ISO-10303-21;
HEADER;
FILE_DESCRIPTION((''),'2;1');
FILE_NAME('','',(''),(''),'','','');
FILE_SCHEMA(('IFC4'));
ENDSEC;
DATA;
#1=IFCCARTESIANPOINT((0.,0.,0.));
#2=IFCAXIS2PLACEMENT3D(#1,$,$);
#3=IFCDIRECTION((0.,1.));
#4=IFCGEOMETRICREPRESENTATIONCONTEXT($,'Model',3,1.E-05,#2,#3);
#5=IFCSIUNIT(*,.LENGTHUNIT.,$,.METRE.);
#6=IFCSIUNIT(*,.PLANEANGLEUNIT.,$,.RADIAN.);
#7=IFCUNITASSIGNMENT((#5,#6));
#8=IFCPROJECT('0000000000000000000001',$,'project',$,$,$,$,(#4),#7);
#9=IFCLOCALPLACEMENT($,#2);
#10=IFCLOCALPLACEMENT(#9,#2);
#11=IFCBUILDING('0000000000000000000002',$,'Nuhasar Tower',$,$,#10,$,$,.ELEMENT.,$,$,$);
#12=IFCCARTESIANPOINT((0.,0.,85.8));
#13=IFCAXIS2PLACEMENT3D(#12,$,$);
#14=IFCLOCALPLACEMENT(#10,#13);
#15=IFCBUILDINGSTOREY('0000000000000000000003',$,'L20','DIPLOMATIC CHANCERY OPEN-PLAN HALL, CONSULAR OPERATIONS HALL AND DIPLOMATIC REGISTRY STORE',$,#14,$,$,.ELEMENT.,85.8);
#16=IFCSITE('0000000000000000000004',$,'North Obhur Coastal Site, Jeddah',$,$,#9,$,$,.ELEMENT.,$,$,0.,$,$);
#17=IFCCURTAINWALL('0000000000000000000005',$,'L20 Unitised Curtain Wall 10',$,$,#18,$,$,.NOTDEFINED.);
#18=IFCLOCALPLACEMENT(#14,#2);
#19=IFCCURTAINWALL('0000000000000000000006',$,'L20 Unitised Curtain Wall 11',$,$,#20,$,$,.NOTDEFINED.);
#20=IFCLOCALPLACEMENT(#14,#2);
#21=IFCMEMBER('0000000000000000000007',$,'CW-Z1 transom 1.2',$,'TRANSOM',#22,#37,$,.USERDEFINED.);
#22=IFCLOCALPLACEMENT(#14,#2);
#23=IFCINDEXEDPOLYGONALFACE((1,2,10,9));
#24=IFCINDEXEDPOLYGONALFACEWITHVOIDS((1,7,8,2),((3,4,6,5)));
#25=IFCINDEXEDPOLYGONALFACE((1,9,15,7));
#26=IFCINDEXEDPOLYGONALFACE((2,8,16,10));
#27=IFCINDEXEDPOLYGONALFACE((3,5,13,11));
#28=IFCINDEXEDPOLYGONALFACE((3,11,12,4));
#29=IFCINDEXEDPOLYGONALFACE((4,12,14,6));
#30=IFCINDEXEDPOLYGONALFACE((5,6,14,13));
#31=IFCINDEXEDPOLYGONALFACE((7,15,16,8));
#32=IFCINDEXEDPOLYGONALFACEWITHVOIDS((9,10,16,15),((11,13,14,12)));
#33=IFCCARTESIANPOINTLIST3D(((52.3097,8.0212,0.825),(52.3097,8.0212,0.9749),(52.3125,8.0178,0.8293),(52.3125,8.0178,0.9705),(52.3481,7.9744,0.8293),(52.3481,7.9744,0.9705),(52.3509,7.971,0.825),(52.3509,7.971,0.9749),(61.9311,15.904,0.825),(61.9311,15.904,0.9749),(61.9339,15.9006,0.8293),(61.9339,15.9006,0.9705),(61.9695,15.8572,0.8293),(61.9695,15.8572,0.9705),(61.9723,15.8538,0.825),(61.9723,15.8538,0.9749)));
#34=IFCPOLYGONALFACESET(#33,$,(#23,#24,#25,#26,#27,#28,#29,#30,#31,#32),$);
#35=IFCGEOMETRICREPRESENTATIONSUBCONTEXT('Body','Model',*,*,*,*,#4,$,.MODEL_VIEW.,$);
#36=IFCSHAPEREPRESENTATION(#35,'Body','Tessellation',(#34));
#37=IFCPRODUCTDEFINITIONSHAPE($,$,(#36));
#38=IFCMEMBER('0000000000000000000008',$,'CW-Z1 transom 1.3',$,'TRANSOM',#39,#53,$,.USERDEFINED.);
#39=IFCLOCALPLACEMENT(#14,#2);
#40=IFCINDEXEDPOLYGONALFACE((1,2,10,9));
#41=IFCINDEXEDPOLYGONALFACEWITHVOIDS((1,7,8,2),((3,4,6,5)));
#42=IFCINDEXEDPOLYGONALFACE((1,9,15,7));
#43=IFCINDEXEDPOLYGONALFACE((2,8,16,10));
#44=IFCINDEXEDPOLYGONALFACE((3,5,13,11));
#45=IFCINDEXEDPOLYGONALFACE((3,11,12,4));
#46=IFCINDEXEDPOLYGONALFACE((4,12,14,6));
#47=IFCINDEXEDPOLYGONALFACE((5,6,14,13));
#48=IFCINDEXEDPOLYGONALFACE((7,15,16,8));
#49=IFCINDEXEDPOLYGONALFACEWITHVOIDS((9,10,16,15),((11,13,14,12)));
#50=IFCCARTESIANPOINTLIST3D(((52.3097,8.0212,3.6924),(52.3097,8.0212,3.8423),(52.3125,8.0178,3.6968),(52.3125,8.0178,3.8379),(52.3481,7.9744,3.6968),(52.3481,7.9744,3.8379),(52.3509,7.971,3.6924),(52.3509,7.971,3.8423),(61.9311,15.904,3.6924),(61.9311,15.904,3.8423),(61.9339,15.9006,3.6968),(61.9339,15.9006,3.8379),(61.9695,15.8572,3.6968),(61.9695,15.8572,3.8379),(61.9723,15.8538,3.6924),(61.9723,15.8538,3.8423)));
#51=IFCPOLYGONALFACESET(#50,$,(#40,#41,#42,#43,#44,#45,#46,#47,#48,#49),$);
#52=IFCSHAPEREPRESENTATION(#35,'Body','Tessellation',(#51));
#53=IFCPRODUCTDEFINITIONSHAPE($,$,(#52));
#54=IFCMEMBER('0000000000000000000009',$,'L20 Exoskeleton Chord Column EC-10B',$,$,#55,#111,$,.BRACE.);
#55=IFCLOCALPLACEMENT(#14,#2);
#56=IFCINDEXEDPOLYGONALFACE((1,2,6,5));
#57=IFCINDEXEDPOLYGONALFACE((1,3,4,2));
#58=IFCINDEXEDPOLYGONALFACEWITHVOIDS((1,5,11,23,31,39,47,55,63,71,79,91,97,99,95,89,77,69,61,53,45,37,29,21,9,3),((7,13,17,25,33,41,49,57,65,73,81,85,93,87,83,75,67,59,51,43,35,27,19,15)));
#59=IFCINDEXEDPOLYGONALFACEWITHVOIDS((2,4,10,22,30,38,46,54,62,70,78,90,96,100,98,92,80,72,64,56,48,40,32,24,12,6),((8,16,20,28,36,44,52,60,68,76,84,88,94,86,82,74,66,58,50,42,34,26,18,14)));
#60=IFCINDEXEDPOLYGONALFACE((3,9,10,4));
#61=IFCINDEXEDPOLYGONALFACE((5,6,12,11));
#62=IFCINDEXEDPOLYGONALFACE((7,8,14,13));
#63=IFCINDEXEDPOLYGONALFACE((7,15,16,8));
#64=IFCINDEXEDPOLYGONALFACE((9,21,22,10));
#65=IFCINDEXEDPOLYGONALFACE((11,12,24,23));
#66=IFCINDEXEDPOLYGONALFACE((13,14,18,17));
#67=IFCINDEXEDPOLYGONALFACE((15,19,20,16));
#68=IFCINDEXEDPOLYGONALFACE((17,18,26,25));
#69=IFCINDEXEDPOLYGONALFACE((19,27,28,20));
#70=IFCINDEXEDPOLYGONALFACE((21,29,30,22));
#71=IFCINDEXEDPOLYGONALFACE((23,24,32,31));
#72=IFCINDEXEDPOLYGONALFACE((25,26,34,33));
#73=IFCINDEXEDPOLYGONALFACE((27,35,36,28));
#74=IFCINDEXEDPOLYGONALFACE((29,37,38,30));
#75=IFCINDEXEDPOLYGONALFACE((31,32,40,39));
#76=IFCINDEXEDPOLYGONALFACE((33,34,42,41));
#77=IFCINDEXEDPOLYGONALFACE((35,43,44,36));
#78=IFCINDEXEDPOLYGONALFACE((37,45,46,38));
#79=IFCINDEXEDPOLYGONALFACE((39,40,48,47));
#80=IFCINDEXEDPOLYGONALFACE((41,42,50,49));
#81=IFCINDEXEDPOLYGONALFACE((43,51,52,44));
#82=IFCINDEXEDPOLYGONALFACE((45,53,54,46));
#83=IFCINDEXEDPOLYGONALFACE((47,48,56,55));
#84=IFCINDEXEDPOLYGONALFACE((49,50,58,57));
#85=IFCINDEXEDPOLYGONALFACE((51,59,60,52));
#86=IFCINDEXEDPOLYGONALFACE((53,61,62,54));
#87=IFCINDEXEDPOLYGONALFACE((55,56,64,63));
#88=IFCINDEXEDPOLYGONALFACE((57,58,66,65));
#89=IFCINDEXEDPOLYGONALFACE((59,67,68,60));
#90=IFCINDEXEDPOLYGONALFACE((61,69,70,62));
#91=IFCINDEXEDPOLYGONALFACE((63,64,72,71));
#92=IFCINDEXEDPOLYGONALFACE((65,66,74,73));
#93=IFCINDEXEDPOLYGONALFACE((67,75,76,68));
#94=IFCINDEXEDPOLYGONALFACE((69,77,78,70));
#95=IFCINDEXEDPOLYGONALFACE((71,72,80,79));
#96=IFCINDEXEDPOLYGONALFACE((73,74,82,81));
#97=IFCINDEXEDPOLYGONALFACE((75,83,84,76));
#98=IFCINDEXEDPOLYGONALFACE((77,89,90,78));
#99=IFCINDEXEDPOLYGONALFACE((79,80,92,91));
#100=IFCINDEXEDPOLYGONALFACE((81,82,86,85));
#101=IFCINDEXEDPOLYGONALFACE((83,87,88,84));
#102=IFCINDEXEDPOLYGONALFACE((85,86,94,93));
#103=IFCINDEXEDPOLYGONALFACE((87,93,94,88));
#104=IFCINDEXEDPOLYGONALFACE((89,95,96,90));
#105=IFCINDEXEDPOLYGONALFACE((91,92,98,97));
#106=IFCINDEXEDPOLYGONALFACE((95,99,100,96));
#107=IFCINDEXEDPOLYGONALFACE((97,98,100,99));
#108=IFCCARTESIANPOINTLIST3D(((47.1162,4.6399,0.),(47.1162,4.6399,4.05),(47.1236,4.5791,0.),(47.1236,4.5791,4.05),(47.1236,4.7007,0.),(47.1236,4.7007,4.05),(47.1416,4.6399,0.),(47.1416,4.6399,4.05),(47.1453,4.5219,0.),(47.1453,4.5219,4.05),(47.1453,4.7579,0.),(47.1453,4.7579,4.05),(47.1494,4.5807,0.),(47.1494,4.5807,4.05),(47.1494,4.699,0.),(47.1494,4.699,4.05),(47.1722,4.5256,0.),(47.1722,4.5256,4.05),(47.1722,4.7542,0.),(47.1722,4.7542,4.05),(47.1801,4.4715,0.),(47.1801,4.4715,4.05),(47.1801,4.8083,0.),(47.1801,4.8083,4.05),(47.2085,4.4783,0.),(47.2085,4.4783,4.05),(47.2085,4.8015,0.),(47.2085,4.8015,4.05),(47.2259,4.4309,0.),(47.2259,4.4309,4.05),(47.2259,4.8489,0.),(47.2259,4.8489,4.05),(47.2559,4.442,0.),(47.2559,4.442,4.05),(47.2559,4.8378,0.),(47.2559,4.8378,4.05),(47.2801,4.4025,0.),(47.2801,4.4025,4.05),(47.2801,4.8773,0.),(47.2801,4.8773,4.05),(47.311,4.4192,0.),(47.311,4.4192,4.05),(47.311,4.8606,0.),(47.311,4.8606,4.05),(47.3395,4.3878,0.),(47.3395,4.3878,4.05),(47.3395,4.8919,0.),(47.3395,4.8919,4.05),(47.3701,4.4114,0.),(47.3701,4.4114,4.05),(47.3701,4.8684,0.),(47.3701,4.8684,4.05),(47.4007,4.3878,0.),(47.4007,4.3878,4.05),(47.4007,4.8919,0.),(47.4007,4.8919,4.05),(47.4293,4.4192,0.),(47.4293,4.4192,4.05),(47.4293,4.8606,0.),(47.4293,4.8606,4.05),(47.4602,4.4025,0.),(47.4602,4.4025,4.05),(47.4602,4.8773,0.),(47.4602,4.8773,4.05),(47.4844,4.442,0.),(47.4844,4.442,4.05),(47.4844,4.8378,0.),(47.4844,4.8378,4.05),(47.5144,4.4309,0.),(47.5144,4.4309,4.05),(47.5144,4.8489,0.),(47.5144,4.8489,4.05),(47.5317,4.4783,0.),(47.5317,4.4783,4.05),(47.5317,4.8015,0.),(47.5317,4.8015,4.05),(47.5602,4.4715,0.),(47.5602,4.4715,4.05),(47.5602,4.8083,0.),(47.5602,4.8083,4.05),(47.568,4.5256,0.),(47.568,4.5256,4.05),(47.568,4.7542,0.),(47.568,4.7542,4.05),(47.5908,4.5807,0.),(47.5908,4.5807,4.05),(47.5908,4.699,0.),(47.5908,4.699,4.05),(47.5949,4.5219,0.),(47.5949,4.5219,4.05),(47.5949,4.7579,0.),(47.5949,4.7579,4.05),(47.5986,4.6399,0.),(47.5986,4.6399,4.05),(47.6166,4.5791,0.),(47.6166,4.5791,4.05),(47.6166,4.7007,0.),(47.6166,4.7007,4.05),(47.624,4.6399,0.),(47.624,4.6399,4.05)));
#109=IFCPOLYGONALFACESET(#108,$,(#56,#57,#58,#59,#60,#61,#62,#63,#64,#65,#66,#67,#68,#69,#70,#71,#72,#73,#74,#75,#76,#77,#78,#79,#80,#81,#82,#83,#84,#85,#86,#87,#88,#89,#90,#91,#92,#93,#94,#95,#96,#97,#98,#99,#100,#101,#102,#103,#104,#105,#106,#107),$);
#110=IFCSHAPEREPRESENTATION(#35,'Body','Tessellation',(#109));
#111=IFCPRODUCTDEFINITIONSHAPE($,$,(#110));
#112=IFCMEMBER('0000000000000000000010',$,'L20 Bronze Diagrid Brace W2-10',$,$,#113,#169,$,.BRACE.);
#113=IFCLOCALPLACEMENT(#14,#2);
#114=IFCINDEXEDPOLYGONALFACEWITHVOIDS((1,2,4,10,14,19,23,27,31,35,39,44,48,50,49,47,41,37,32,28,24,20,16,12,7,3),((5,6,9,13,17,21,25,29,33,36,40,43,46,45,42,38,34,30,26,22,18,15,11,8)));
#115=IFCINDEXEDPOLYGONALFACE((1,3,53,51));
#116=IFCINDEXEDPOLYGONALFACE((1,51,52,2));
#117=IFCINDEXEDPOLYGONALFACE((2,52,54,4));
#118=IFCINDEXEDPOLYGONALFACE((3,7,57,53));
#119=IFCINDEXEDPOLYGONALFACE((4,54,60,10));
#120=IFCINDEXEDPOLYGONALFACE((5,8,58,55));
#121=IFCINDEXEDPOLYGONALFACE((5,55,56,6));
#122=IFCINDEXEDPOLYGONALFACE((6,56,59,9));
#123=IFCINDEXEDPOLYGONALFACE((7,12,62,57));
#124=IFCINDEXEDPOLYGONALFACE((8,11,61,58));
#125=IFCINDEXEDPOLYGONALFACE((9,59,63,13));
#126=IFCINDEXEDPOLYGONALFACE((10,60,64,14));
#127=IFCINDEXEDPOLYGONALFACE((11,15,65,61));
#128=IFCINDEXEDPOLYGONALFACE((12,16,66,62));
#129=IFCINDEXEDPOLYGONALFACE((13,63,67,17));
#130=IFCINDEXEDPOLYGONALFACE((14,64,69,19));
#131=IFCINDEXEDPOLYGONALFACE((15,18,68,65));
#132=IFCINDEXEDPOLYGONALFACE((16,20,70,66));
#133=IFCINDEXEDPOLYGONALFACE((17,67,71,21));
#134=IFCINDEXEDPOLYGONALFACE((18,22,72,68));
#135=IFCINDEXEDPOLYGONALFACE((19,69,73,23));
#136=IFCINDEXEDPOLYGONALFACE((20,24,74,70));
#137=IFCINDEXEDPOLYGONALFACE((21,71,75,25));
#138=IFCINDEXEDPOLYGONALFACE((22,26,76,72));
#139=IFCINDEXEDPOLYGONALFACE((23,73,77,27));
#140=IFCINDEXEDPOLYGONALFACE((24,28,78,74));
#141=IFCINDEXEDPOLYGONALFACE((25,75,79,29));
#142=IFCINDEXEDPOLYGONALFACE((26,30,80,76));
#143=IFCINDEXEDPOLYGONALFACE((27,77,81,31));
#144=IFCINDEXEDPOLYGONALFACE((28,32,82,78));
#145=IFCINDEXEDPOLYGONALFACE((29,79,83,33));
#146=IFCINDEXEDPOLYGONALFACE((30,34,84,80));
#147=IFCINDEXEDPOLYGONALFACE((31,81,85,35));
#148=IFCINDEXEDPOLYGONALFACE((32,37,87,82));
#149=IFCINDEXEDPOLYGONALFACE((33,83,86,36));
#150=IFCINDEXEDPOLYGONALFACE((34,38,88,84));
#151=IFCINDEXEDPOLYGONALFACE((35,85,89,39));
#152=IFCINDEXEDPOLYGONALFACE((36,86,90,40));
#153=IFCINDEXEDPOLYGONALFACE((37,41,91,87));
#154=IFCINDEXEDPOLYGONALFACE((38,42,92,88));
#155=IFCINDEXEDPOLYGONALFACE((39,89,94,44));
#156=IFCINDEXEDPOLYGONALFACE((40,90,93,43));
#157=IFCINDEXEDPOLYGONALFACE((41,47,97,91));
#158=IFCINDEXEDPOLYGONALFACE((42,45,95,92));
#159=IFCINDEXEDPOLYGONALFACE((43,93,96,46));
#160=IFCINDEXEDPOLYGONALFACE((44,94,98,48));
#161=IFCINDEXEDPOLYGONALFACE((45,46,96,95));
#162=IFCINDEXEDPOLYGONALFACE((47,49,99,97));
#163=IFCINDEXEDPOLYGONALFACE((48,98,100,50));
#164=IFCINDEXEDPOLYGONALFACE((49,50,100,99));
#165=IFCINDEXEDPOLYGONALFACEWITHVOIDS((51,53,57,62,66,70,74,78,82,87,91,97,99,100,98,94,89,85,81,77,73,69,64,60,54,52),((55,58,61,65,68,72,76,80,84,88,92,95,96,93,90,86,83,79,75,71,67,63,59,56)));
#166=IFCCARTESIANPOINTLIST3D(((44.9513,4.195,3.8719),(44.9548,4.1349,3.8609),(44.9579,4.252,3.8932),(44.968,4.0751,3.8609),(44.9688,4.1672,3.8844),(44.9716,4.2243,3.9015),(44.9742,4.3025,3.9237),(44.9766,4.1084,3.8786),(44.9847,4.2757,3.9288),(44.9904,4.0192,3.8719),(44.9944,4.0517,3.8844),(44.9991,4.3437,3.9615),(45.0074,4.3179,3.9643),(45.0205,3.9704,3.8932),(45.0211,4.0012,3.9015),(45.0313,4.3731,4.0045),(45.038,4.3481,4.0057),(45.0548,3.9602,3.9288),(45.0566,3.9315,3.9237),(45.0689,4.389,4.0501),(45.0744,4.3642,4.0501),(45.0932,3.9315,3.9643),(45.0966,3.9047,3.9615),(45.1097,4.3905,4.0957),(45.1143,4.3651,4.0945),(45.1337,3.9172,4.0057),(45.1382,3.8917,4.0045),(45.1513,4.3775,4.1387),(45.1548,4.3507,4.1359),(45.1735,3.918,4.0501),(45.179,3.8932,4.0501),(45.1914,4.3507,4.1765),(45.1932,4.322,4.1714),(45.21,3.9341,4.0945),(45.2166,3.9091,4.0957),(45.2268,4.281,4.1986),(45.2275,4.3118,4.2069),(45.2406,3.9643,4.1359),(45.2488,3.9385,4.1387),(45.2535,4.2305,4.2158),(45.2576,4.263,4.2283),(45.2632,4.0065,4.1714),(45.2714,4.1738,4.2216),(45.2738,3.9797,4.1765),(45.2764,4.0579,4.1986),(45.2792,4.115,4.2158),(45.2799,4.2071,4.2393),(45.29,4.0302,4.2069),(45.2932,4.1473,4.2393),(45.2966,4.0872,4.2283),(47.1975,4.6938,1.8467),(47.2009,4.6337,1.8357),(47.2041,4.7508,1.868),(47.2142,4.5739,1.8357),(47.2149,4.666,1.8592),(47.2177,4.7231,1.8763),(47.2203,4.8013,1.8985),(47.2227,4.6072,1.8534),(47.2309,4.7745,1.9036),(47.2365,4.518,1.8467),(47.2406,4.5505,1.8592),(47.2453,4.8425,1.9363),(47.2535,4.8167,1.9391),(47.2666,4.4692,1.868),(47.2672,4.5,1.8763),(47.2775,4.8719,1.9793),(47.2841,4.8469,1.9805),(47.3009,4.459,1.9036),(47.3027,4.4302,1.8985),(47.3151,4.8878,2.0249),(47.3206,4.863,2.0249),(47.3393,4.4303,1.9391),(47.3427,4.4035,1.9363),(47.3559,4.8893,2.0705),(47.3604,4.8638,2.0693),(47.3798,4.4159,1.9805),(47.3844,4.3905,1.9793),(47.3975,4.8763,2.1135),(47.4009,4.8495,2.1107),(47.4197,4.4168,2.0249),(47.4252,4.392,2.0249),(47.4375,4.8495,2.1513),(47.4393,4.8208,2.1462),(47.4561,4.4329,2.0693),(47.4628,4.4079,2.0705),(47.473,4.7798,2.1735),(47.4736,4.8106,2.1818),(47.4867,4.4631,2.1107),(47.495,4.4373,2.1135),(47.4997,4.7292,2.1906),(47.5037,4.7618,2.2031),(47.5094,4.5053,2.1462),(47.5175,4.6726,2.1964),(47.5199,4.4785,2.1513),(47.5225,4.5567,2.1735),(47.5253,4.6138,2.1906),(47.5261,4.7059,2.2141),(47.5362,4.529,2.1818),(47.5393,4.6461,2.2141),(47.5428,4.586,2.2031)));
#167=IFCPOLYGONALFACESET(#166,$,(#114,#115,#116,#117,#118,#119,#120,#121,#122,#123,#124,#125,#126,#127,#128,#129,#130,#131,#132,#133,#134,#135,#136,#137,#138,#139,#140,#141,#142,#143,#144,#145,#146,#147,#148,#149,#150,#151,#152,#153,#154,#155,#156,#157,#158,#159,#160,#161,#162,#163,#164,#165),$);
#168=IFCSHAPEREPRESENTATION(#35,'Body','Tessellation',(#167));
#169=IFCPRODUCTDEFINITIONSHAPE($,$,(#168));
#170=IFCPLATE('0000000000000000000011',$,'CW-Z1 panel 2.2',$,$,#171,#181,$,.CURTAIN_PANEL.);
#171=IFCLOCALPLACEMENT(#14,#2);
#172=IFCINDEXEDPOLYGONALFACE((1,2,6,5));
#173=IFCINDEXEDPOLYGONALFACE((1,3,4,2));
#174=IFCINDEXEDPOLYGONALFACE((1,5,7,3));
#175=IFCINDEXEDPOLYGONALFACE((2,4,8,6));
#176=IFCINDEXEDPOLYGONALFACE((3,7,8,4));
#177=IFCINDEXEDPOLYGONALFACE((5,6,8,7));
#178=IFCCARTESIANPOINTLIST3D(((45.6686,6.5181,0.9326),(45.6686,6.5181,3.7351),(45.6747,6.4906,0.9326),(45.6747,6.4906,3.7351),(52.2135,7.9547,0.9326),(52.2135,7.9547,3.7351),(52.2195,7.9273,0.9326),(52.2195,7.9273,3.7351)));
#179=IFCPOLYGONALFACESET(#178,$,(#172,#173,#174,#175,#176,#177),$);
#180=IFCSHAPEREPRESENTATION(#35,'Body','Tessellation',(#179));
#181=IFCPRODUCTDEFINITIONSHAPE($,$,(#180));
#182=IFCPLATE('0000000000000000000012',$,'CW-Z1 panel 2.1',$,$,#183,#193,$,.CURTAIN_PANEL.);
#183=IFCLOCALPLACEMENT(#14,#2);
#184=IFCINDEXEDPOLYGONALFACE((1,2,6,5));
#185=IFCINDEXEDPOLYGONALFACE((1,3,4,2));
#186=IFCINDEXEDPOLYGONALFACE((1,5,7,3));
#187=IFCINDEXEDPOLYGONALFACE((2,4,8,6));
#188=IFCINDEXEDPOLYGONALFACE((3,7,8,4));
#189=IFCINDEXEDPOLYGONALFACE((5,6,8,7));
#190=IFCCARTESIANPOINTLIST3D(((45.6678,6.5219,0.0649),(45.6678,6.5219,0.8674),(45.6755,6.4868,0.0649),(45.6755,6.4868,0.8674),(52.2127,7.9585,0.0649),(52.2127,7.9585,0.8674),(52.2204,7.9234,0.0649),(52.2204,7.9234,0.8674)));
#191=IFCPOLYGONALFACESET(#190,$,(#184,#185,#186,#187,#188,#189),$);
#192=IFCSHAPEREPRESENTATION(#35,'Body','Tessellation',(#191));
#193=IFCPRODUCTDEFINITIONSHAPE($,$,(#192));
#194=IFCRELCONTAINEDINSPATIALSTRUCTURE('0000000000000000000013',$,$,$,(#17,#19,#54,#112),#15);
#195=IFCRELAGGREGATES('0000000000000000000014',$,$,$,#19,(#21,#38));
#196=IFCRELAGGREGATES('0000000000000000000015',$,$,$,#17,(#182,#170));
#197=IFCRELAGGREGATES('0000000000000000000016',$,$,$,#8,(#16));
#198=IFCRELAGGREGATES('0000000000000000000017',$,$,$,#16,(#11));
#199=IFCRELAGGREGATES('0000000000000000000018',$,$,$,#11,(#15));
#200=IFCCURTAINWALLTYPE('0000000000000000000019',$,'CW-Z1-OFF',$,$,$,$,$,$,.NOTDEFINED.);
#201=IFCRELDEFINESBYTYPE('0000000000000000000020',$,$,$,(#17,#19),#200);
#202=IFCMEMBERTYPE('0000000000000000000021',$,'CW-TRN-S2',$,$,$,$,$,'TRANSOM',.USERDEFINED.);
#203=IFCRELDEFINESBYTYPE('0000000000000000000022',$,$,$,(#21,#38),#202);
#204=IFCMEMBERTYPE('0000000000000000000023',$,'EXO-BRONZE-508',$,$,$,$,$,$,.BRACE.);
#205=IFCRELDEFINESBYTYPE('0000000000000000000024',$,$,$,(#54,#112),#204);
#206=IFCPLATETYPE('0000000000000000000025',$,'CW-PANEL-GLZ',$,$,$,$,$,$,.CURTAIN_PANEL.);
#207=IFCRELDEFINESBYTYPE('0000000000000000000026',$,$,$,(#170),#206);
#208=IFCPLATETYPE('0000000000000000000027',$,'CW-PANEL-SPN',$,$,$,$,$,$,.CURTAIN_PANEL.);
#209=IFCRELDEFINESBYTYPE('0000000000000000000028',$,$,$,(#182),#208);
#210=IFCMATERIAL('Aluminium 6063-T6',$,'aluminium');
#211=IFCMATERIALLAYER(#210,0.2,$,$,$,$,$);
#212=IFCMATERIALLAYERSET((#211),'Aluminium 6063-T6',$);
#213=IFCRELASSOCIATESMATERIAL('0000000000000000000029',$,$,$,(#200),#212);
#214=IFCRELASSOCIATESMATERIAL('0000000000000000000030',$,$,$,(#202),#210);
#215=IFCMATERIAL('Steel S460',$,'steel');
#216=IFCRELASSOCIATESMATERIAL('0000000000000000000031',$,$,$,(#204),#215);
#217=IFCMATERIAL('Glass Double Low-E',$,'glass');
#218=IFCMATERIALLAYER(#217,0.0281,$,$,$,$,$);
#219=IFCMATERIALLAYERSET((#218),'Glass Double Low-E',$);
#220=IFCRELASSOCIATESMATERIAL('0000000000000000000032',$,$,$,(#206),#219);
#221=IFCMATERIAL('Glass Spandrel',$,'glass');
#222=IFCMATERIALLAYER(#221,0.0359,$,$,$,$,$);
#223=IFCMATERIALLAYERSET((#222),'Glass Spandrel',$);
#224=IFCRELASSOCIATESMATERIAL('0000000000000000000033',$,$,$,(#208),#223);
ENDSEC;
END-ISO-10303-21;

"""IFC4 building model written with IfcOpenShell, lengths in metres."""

from ifc_helpers import new_model, si_unit, direction, frame, origin, origin_2d, place, context, subcontext, project, spatial, rectangle, hollow_rectangle, hollow_circle, extrude, material, layer, layer_set, material_profile, profile_set, type_object, element, aggregate, save


model = new_model("IFC4")

# Units and contexts
model_context = context("Model", 3, precision=1e-05, world=origin(), true_north=direction((0.0, 1.0)))
body_context = subcontext(model_context, "Body", "Model", "MODEL_VIEW")
ifc_project = project(units=[si_unit("LENGTHUNIT", "METRE"), si_unit("PLANEANGLEUNIT", "RADIAN")], contexts=[model_context])

# Site, building, storey
site_placement = place(None, origin())
site = spatial("IfcSite", under=ifc_project, at=site_placement, Name="North Obhur Coastal Site, Jeddah", CompositionType="ELEMENT", RefElevation=0.0)
building_placement = place(site_placement, origin())
building = spatial("IfcBuilding", under=site, at=building_placement, Name="Nuhasar Tower", CompositionType="ELEMENT")
storey_placement = place(building_placement, frame((0.0, 0.0, 85.8)))
storey = spatial("IfcBuildingStorey", under=building, at=storey_placement, Name="L20", Description="DIPLOMATIC CHANCERY OPEN-PLAN HALL, CONSULAR OPERATIONS HALL AND DIPLOMATIC REGISTRY STORE", CompositionType="ELEMENT", Elevation=85.8)

# Curtain wall
ifc_material_1 = material(Name="Aluminium 6063-T6", Category="aluminium")
ifc_layer_1 = layer(ifc_material_1, 0.2)
ifc_layer_set_1 = layer_set([ifc_layer_1], Name="Aluminium 6063-T6")
curtain_wall_type = type_object("IfcCurtainWallType", Name="CW-Z1-OFF", PredefinedType="NOTDEFINED", material=ifc_layer_set_1)
curtain_wall_1_placement = place(storey_placement, origin())
curtain_wall_1 = element("IfcCurtainWall", 1, at=curtain_wall_1_placement, inside=storey, type_object=curtain_wall_type, Name="L20 Unitised Curtain Wall 10", PredefinedType="NOTDEFINED")

# Curtain wall, members
curtain_wall_2_placement = place(storey_placement, origin())
curtain_wall_2 = element("IfcCurtainWall", 2, at=curtain_wall_2_placement, inside=storey, type_object=curtain_wall_type, Name="L20 Unitised Curtain Wall 11", PredefinedType="NOTDEFINED")
ifc_material_profile_1 = material_profile(ifc_material_1, hollow_rectangle(XDim=0.0649, YDim=0.1499, WallThickness=0.0044, at=origin_2d()), Name="CWT-2")
ifc_profile_set_1 = profile_set([ifc_material_profile_1], Name="Aluminium 6063-T6")
member_type_1 = type_object("IfcMemberType", Name="CW-TRN-S2", ElementType="TRANSOM", PredefinedType="USERDEFINED", material=ifc_profile_set_1)
member_1_placement = place(storey_placement, frame((52.3303, 7.9961, 0.8999), z_axis=(0.773531, 0.633758, 0.0), x_axis=(-0.633758, 0.773531, 0.0)))
member_1 = element("IfcMember", 3, at=member_1_placement, type_object=member_type_1, Name="CW-Z1 transom 1.2", ObjectType="TRANSOM", PredefinedType="USERDEFINED", context=body_context, shape_type="SweptSolid", body=[
    extrude(hollow_rectangle(XDim=0.0649, YDim=0.1499, WallThickness=0.0044, at=origin_2d()), origin(), (0.0, 0.0, 1.0), 12.4382),
])
member_2_placement = place(storey_placement, frame((52.3303, 7.9961, 3.7673), z_axis=(0.773531, 0.633758, 0.0), x_axis=(-0.633758, 0.773531, 0.0)))
member_2 = element("IfcMember", 4, at=member_2_placement, type_object=member_type_1, Name="CW-Z1 transom 1.3", ObjectType="TRANSOM", PredefinedType="USERDEFINED", context=body_context, shape_type="SweptSolid", body=[
    extrude(hollow_rectangle(XDim=0.0649, YDim=0.1499, WallThickness=0.0044, at=origin_2d()), origin(), (0.0, 0.0, 1.0), 12.4382),
])
aggregate(curtain_wall_2, [member_1, member_2])

# Members
ifc_material_2 = material(Name="Steel S460", Category="steel")
ifc_material_profile_2 = material_profile(ifc_material_2, hollow_circle(Radius=0.2539, WallThickness=0.0254, at=origin_2d()), Name="HSS508X25.4")
ifc_profile_set_2 = profile_set([ifc_material_profile_2], Name="Steel S460")
member_type_2 = type_object("IfcMemberType", Name="EXO-BRONZE-508", PredefinedType="BRACE", material=ifc_profile_set_2)
member_3_placement = place(storey_placement, frame((47.3701, 4.6399, 0.0), z_axis=(0.0, 0.0, 1.0), x_axis=(1.0, 0.0, 0.0)))
element("IfcMember", 5, at=member_3_placement, inside=storey, type_object=member_type_2, Name="L20 Exoskeleton Chord Column EC-10B", PredefinedType="BRACE", context=body_context, shape_type="SweptSolid", body=[
    extrude(hollow_circle(Radius=0.2539, WallThickness=0.0254, at=origin_2d()), origin(), (0.0, 0.0, 1.0), 4.05),
])
member_4_placement = place(storey_placement, frame((47.3701, 4.6399, 2.0249), z_axis=(-0.732792, -0.162728, 0.660708), x_axis=(0.216784, -0.97622, 0.0)))
element("IfcMember", 6, at=member_4_placement, inside=storey, type_object=member_type_2, Name="L20 Bronze Diagrid Brace W2-10", PredefinedType="BRACE", context=body_context, shape_type="SweptSolid", body=[
    extrude(hollow_circle(Radius=0.2539, WallThickness=0.0254, at=origin_2d()), origin(), (0.0, 0.0, 1.0), 3.0652),
])

# Plates
ifc_material_3 = material(Name="Glass Double Low-E", Category="glass")
ifc_layer_2 = layer(ifc_material_3, 0.0281)
ifc_layer_set_2 = layer_set([ifc_layer_2], Name="Glass Double Low-E")
plate_type_1 = type_object("IfcPlateType", Name="CW-PANEL-GLZ", PredefinedType="CURTAIN_PANEL", material=ifc_layer_set_2)
plate_1_placement = place(storey_placement, frame((48.9441, 7.2227, 0.9326), z_axis=(0.0, 0.0, 1.0), x_axis=(0.976746, 0.214399, 0.0)))
plate_1 = element("IfcPlate", 7, at=plate_1_placement, type_object=plate_type_1, Name="CW-Z1 panel 2.2", PredefinedType="CURTAIN_PANEL", context=body_context, shape_type="SweptSolid", body=[
    extrude(rectangle(XDim=6.7007, YDim=0.0281, at=origin_2d()), origin(), (0.0, 0.0, 1.0), 2.8025),
])
ifc_material_4 = material(Name="Glass Spandrel", Category="glass")
ifc_layer_3 = layer(ifc_material_4, 0.0359)
ifc_layer_set_3 = layer_set([ifc_layer_3], Name="Glass Spandrel")
plate_type_2 = type_object("IfcPlateType", Name="CW-PANEL-SPN", PredefinedType="CURTAIN_PANEL", material=ifc_layer_set_3)
plate_2_placement = place(storey_placement, frame((48.9441, 7.2227, 0.0649), z_axis=(0.0, 0.0, 1.0), x_axis=(0.976746, 0.214399, 0.0)))
plate_2 = element("IfcPlate", 8, at=plate_2_placement, type_object=plate_type_2, Name="CW-Z1 panel 2.1", PredefinedType="CURTAIN_PANEL", context=body_context, shape_type="SweptSolid", body=[
    extrude(rectangle(XDim=6.7007, YDim=0.0359, at=origin_2d()), origin(), (0.0, 0.0, 1.0), 0.8025),
])
aggregate(curtain_wall_1, [plate_2, plate_1])

save(model, "model.ifc")
